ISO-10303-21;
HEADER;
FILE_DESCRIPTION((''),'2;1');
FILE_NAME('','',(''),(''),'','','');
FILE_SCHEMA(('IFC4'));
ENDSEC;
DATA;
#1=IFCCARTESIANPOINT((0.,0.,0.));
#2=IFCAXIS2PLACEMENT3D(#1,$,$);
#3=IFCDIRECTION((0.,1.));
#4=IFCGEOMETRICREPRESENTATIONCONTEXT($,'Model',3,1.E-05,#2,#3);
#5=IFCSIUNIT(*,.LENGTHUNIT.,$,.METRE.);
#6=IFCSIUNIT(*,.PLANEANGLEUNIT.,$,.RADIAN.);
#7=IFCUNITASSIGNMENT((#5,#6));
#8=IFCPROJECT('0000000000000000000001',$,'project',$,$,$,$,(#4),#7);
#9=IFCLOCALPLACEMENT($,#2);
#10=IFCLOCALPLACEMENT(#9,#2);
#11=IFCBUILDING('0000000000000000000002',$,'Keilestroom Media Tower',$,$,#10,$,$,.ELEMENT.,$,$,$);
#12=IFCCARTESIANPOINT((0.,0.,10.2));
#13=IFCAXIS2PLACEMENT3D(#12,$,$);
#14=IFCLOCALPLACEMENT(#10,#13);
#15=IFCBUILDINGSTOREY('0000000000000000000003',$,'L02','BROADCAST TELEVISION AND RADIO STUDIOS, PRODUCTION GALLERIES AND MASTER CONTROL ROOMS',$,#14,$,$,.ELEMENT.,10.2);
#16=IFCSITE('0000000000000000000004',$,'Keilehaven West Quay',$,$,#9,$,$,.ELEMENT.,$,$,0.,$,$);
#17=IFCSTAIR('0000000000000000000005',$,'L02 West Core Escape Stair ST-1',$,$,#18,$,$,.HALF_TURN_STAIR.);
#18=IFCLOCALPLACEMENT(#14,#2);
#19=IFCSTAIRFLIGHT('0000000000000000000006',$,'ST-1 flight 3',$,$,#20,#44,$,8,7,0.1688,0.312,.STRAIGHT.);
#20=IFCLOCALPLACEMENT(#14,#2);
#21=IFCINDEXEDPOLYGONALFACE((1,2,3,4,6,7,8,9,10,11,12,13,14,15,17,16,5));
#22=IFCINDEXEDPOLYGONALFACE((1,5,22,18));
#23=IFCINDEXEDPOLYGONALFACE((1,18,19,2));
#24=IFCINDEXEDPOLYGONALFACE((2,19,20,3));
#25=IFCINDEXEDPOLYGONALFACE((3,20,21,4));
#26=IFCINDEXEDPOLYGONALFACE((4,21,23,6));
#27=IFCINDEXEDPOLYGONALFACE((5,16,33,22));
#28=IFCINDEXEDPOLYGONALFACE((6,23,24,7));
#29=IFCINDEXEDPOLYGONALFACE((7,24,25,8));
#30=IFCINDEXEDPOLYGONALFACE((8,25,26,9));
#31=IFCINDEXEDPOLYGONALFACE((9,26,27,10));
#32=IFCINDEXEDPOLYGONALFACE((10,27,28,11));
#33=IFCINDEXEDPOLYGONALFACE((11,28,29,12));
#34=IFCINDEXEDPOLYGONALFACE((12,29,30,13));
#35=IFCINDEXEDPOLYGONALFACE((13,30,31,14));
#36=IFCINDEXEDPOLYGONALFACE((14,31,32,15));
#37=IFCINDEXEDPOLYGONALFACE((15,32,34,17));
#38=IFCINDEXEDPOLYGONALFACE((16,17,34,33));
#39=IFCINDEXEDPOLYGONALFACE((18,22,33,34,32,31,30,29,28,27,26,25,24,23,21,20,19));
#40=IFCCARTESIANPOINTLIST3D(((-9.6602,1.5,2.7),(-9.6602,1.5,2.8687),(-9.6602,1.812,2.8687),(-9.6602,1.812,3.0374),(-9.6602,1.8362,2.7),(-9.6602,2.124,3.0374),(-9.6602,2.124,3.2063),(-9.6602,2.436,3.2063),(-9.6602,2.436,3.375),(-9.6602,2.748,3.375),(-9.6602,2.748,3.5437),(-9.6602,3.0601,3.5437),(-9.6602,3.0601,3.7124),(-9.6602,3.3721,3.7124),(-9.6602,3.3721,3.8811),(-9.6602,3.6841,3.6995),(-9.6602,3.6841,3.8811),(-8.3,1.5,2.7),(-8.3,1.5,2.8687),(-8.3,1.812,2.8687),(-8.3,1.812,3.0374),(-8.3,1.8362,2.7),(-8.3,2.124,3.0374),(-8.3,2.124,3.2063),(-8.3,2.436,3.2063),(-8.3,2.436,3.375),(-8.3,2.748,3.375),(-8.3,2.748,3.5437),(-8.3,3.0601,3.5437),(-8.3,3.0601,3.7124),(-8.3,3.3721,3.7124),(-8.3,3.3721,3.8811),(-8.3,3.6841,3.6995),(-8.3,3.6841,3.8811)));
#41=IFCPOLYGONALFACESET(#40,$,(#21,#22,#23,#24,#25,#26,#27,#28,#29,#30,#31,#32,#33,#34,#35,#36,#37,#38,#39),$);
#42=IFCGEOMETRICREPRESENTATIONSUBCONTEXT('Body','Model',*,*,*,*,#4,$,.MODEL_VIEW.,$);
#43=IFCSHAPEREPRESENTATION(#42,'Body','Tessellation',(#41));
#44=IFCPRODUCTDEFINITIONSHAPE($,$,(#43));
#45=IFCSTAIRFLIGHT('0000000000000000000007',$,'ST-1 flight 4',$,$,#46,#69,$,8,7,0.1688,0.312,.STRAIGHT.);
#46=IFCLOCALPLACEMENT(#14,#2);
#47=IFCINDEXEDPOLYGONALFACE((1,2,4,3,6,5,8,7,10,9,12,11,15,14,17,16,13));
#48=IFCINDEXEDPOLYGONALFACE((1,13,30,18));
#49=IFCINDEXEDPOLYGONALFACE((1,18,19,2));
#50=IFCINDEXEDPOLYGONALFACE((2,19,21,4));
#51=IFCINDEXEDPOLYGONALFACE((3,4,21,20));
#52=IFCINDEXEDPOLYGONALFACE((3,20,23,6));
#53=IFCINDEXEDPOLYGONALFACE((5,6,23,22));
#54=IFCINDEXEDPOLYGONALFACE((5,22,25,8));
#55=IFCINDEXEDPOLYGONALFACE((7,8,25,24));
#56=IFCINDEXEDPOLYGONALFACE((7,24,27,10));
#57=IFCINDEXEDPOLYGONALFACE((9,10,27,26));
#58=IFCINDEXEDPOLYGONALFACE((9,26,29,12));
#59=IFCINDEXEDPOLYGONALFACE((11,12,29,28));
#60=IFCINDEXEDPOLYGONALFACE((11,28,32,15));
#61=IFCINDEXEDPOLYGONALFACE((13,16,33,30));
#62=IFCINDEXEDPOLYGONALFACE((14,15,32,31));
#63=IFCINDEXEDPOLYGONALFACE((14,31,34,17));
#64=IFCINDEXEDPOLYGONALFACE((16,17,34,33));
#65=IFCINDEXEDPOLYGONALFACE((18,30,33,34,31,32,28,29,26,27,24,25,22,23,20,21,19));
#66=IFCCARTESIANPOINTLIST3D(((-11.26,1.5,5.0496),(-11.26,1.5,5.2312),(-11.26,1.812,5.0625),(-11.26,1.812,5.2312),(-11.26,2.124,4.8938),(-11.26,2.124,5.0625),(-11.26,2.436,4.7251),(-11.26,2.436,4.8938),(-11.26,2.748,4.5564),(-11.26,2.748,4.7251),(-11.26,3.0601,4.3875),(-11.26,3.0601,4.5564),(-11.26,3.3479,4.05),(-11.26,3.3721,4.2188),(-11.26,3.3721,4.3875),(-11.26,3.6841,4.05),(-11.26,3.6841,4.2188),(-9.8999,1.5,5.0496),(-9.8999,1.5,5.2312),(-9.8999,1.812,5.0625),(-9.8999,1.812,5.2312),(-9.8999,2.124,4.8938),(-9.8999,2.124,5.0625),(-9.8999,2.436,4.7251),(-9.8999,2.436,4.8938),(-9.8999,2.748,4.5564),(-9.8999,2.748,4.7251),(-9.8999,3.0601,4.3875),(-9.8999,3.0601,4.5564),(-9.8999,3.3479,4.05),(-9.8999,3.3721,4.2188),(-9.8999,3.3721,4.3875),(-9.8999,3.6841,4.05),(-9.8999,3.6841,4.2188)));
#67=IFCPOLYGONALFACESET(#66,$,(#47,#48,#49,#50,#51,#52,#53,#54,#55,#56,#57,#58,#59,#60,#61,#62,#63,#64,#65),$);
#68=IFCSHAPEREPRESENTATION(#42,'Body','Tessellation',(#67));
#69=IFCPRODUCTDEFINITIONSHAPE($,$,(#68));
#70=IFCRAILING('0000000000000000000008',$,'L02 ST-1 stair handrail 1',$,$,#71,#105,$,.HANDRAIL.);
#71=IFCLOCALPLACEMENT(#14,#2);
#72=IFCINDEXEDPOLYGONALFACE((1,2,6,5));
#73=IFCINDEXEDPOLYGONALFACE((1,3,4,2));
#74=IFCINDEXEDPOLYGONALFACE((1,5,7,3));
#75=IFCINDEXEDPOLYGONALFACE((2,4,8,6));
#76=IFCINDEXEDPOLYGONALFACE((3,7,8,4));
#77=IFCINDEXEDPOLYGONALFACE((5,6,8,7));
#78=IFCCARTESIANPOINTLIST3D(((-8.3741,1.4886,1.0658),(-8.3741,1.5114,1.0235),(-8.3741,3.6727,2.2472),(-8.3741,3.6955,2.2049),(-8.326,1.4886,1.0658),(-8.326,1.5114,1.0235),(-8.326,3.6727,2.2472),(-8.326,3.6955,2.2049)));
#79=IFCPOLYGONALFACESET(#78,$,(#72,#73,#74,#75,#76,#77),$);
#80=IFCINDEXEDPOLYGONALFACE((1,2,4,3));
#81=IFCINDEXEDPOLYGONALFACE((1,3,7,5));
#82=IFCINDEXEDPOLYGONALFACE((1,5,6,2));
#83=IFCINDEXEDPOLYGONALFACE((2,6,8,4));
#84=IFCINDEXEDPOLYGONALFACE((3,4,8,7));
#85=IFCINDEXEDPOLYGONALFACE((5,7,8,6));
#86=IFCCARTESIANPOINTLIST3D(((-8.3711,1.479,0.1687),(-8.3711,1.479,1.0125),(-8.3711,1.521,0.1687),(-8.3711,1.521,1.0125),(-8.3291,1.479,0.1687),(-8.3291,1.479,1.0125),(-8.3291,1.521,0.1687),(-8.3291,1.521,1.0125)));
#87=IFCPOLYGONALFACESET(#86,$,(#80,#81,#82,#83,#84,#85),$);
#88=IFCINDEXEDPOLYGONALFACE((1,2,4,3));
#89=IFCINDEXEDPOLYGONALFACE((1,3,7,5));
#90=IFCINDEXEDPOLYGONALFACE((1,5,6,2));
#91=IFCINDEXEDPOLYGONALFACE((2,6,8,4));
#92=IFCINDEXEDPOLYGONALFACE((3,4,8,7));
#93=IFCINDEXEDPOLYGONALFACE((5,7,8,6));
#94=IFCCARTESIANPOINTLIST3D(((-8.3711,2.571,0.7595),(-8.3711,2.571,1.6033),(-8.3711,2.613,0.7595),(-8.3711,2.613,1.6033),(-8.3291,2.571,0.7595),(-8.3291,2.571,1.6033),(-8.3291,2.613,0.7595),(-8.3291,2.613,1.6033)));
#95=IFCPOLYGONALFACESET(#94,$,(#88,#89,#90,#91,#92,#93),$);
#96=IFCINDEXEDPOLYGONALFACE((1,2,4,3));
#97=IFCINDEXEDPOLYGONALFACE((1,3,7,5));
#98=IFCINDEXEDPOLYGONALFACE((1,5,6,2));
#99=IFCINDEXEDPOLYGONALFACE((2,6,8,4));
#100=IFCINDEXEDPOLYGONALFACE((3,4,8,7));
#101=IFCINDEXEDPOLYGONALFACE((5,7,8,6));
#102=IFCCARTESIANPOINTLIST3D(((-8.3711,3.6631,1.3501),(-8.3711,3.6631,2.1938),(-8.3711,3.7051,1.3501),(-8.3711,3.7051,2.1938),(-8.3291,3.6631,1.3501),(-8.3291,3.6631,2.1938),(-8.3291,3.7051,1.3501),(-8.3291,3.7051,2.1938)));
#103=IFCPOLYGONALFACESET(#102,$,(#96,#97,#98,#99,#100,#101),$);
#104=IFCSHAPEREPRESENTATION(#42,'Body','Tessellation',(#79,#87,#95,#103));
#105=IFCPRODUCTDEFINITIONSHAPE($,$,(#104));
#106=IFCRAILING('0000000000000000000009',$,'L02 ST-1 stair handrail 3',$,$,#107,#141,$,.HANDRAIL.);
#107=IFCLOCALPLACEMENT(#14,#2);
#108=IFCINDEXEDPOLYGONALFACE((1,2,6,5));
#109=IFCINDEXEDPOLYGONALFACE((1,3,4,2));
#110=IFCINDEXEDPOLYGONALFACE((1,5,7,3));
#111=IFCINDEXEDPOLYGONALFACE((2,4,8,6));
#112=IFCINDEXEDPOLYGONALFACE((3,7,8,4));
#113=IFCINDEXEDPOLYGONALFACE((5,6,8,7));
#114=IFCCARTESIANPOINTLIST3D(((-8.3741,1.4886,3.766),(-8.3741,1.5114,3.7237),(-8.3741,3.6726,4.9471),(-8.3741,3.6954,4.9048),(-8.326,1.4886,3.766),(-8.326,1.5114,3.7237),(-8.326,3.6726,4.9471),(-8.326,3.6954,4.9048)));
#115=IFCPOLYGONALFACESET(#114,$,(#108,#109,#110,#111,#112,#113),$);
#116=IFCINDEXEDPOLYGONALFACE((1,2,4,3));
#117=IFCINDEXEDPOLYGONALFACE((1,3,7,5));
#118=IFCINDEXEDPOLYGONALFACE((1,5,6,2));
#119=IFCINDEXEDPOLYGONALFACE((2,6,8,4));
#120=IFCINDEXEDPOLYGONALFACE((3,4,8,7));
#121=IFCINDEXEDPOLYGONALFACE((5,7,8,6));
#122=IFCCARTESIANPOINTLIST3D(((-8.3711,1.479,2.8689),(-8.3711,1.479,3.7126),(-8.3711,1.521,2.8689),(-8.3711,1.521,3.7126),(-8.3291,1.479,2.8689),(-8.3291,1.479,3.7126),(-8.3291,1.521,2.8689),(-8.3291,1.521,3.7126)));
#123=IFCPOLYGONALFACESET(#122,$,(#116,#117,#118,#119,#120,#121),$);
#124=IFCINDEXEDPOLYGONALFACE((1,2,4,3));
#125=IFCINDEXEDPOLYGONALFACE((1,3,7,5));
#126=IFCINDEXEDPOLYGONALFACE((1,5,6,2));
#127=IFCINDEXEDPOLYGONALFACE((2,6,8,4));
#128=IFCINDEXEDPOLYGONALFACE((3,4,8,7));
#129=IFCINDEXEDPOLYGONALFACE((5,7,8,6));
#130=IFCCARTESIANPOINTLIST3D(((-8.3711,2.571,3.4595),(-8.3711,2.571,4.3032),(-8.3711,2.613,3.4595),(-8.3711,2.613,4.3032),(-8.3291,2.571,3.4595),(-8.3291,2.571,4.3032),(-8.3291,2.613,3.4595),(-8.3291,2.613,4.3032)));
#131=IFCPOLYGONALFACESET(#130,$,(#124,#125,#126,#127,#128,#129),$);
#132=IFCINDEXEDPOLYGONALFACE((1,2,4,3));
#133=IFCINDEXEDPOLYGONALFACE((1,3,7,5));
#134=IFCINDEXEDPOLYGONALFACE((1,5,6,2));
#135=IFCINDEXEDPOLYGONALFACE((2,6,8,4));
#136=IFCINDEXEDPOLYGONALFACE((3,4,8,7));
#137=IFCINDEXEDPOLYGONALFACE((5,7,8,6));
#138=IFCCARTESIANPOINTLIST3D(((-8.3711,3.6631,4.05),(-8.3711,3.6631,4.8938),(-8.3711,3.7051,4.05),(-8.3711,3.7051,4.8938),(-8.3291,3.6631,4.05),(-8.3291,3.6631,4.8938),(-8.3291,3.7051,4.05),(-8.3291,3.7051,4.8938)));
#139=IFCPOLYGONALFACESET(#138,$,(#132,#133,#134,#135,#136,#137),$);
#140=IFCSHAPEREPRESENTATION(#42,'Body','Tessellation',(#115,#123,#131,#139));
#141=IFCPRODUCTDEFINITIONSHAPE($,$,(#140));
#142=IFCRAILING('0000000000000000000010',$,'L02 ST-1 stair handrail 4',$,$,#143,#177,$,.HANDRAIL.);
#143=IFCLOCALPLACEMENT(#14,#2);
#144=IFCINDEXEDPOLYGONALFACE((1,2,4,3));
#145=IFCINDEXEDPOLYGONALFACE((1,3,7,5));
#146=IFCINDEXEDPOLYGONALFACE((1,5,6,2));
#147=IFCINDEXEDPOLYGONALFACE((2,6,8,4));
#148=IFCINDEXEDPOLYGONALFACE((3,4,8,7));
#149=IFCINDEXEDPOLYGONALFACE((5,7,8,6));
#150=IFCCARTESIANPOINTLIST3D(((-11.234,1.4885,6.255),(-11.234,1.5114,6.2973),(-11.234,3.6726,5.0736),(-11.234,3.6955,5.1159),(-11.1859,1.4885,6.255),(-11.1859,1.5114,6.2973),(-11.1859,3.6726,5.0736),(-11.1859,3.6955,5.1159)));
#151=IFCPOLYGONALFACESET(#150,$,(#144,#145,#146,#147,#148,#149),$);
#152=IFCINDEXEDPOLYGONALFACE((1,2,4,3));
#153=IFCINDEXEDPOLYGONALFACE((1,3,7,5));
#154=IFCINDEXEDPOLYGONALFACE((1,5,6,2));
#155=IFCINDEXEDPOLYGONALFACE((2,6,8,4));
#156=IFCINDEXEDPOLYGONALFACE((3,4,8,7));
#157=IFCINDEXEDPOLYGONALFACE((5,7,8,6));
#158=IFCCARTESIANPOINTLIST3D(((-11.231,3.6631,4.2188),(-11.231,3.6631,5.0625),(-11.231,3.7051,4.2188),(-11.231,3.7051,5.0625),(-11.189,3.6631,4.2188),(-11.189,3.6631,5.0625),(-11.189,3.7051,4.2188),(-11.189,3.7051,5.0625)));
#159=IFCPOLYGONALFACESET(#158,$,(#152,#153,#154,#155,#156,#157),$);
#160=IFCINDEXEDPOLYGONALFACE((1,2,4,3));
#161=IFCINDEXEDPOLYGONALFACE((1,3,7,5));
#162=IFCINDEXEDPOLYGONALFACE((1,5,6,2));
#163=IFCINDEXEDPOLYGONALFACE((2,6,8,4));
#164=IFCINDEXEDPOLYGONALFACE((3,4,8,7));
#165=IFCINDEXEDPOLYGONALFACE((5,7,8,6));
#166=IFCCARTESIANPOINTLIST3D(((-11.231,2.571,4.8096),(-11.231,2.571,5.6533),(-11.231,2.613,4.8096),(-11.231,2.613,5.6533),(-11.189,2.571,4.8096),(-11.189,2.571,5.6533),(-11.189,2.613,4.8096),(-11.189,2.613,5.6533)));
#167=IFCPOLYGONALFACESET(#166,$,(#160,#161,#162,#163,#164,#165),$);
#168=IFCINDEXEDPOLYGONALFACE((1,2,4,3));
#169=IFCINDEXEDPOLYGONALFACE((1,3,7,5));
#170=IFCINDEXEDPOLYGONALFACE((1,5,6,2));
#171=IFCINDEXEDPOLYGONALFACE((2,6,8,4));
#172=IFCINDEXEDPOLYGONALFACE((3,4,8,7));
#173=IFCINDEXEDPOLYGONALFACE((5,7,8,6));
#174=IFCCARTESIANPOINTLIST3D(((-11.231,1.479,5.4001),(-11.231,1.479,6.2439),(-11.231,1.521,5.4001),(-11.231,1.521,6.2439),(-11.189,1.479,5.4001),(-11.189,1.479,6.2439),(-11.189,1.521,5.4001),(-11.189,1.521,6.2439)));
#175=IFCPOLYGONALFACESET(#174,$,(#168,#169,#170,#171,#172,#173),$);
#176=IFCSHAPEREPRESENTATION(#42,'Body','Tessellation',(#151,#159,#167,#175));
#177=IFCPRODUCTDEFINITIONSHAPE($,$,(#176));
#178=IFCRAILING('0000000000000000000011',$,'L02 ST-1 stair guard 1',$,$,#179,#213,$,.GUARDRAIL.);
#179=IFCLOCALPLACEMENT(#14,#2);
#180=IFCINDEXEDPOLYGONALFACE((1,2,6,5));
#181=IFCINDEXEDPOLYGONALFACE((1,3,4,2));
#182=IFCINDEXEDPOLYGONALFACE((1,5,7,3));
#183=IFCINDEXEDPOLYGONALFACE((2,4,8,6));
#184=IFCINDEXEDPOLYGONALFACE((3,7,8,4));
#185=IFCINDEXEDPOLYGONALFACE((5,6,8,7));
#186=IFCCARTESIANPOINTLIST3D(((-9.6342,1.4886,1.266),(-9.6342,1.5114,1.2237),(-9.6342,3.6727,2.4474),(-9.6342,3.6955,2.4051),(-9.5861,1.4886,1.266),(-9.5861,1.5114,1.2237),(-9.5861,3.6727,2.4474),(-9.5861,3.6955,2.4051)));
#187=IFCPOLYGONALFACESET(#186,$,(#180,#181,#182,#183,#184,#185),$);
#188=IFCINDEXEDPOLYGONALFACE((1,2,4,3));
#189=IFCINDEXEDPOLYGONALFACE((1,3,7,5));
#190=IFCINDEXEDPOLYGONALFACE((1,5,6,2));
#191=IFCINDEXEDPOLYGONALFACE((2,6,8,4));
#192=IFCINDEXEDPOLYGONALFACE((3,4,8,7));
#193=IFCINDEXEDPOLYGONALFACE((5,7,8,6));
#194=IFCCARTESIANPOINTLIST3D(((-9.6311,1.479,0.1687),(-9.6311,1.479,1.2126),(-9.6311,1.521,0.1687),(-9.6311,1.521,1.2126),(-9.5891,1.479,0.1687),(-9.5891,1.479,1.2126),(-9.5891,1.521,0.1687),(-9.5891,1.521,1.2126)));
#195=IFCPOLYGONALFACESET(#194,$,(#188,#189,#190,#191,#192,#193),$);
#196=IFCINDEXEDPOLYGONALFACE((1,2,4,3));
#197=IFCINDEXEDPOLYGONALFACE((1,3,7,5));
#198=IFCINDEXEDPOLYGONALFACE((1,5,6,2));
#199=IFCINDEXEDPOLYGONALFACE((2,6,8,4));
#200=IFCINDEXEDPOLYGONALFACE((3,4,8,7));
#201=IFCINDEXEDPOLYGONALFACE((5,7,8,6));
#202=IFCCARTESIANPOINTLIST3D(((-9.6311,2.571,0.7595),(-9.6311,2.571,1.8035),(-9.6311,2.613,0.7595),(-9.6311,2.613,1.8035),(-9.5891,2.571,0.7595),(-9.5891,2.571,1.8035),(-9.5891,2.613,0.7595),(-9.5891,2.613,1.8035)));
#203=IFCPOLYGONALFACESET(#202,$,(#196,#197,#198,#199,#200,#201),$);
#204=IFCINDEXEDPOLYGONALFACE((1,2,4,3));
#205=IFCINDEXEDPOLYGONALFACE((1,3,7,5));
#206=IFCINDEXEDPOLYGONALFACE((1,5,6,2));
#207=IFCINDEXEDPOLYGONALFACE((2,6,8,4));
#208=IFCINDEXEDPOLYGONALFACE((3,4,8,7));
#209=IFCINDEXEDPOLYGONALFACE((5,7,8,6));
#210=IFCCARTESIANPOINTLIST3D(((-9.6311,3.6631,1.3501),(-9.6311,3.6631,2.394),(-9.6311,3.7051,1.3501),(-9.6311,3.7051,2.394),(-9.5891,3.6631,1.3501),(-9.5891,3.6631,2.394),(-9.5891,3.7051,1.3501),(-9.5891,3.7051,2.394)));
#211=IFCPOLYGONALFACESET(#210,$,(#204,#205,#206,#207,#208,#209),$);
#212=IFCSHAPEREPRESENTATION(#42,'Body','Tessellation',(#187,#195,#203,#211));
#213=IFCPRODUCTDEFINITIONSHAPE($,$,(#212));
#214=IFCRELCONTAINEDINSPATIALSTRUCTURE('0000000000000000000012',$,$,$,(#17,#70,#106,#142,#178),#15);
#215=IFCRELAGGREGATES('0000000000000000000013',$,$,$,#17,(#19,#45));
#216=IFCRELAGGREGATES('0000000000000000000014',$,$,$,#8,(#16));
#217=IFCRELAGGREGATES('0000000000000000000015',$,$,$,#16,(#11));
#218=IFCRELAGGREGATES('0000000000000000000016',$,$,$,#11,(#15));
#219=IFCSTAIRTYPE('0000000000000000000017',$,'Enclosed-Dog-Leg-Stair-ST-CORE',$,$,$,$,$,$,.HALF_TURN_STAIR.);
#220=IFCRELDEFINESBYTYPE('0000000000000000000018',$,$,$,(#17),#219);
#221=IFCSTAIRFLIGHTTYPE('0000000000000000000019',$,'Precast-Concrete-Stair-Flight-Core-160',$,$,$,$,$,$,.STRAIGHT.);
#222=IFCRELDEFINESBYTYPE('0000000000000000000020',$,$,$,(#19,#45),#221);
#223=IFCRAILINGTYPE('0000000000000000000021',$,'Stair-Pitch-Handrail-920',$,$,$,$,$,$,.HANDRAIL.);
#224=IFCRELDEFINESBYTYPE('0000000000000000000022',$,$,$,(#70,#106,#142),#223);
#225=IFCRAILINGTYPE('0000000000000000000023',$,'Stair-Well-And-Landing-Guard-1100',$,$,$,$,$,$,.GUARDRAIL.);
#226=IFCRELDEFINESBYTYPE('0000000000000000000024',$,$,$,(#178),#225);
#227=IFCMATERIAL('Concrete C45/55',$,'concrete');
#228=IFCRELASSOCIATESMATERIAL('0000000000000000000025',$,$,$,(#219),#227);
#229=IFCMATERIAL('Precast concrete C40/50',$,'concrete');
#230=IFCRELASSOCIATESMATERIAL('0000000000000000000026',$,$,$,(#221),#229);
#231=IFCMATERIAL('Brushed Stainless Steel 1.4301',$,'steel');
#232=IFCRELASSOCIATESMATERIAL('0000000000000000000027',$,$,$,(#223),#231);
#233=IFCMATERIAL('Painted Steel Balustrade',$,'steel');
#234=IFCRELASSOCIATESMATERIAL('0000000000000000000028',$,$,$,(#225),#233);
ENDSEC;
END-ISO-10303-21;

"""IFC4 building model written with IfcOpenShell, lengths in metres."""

from ifc_helpers import new_model, si_unit, direction, frame, origin, origin_2d, place, context, subcontext, project, spatial, polyline, rectangle, outline, extrude, material, type_object, element, aggregate, save


model = new_model("IFC4")

# Units and contexts
model_context = context("Model", 3, precision=1e-05, world=origin(), true_north=direction((0.0, 1.0)))
body_context = subcontext(model_context, "Body", "Model", "MODEL_VIEW")
ifc_project = project(units=[si_unit("LENGTHUNIT", "METRE"), si_unit("PLANEANGLEUNIT", "RADIAN")], contexts=[model_context])

# Site, building, storey
site_placement = place(None, origin())
site = spatial("IfcSite", under=ifc_project, at=site_placement, Name="Keilehaven West Quay", CompositionType="ELEMENT", RefElevation=0.0)
building_placement = place(site_placement, origin())
building = spatial("IfcBuilding", under=site, at=building_placement, Name="Keilestroom Media Tower", CompositionType="ELEMENT")
storey_placement = place(building_placement, frame((0.0, 0.0, 10.2)))
storey = spatial("IfcBuildingStorey", under=building, at=storey_placement, Name="L02", Description="BROADCAST TELEVISION AND RADIO STUDIOS, PRODUCTION GALLERIES AND MASTER CONTROL ROOMS", CompositionType="ELEMENT", Elevation=10.2)

# Shared definitions
ifc_material_1 = material(Name="Concrete C45/55", Category="concrete")

# Stair, stair flights
stair_type = type_object("IfcStairType", Name="Enclosed-Dog-Leg-Stair-ST-CORE", PredefinedType="HALF_TURN_STAIR", material=ifc_material_1)
stair_placement = place(storey_placement, origin())
stair = element("IfcStair", 1, at=stair_placement, inside=storey, type_object=stair_type, Name="L02 West Core Escape Stair ST-1", PredefinedType="HALF_TURN_STAIR")
ifc_material_2 = material(Name="Precast concrete C40/50", Category="concrete")
stair_flight_type = type_object("IfcStairFlightType", Name="Precast-Concrete-Stair-Flight-Core-160", PredefinedType="STRAIGHT", material=ifc_material_2)
stair_flight_1_placement = place(storey_placement, frame((-8.98, 1.5, 2.7), z_axis=(0.0, 0.0, 1.0), x_axis=(0.0, 1.0, 0.0)))
stair_flight_1 = element("IfcStairFlight", 2, at=stair_flight_1_placement, type_object=stair_flight_type, Name="ST-1 flight 3", NumberOfRisers=8, NumberOfTreads=7, PredefinedType="STRAIGHT", RiserHeight=0.1688, TreadLength=0.312, context=body_context, shape_type="SweptSolid", body=[
    extrude(outline(polyline([(0.0, 0.0), (0.0, 0.1687), (0.312, 0.1687), (0.312, 0.3374), (0.624, 0.3374), (0.624, 0.5063), (0.936, 0.5063), (0.936, 0.675), (1.248, 0.675), (1.248, 0.8438), (1.5601, 0.8438), (1.5601, 1.0125), (1.8721, 1.0125), (1.8721, 1.1812), (2.1841, 1.1812), (2.1841, 1.3501), (2.1841, 0.9995), (0.3362, 0.0), (0.0, 0.0)])), frame((0.0, 0.6802, 0.0), z_axis=(0.0, -1.0, 0.0), x_axis=(1.0, 0.0, 0.0)), (0.0, 0.0, 1.0), 1.3601),
])
stair_flight_2_placement = place(storey_placement, frame((-10.5801, 3.6841, 4.05), z_axis=(0.0, 0.0, 1.0), x_axis=(0.0, -1.0, 0.0)))
stair_flight_2 = element("IfcStairFlight", 3, at=stair_flight_2_placement, type_object=stair_flight_type, Name="ST-1 flight 4", NumberOfRisers=8, NumberOfTreads=7, PredefinedType="STRAIGHT", RiserHeight=0.1688, TreadLength=0.312, context=body_context, shape_type="SweptSolid", body=[
    extrude(outline(polyline([(0.0, 0.0), (0.0, 0.1687), (0.312, 0.1687), (0.312, 0.3374), (0.624, 0.3374), (0.624, 0.5063), (0.936, 0.5063), (0.936, 0.675), (1.248, 0.675), (1.248, 0.8438), (1.5601, 0.8438), (1.5601, 1.0125), (1.8721, 1.0125), (1.8721, 1.1812), (2.1841, 1.1812), (2.1841, 1.3501), (2.1841, 0.9995), (0.3362, 0.0), (0.0, 0.0)])), frame((0.0, 0.6802, 0.0), z_axis=(0.0, -1.0, 0.0), x_axis=(1.0, 0.0, 0.0)), (0.0, 0.0, 1.0), 1.3601),
])
aggregate(stair, [stair_flight_1, stair_flight_2])

# Railings
ifc_material_3 = material(Name="Brushed Stainless Steel 1.4301", Category="steel")
railing_type_1 = type_object("IfcRailingType", Name="Stair-Pitch-Handrail-920", PredefinedType="HANDRAIL", material=ifc_material_3)
railing_1_placement = place(storey_placement, frame((-8.3501, 1.5, 0.1687)))
element("IfcRailing", 4, at=railing_1_placement, inside=storey, type_object=railing_type_1, Name="L02 ST-1 stair handrail 1", PredefinedType="HANDRAIL", context=body_context, shape_type="SweptSolid", body=[
    extrude(rectangle(XDim=0.0481, YDim=0.0481, at=origin_2d()), frame((0.0, 0.0, 0.876), z_axis=(0.0, 0.87957, 0.47577), x_axis=(-1.0, 0.0, 0.0)), (0.0, 0.0, 1.0), 2.4832),
    extrude(rectangle(XDim=0.042, YDim=0.042, at=origin_2d()), origin(), (0.0, 0.0, 1.0), 0.8438),
    extrude(rectangle(XDim=0.042, YDim=0.042, at=origin_2d()), frame((0.0, 1.092, 0.5908)), (0.0, 0.0, 1.0), 0.8438),
    extrude(rectangle(XDim=0.042, YDim=0.042, at=origin_2d()), frame((0.0, 2.1841, 1.1814)), (0.0, 0.0, 1.0), 0.8438),
])
railing_2_placement = place(storey_placement, frame((-8.3501, 1.5, 2.8689)))
element("IfcRailing", 5, at=railing_2_placement, inside=storey, type_object=railing_type_1, Name="L02 ST-1 stair handrail 3", PredefinedType="HANDRAIL", context=body_context, shape_type="SweptSolid", body=[
    extrude(rectangle(XDim=0.0481, YDim=0.0481, at=origin_2d()), frame((0.0, 0.0, 0.876), z_axis=(0.0, 0.879611, 0.475694), x_axis=(-1.0, 0.0, 0.0)), (0.0, 0.0, 1.0), 2.4829),
    extrude(rectangle(XDim=0.042, YDim=0.042, at=origin_2d()), origin(), (0.0, 0.0, 1.0), 0.8438),
    extrude(rectangle(XDim=0.042, YDim=0.042, at=origin_2d()), frame((0.0, 1.092, 0.5906)), (0.0, 0.0, 1.0), 0.8438),
    extrude(rectangle(XDim=0.042, YDim=0.042, at=origin_2d()), frame((0.0, 2.1841, 1.1812)), (0.0, 0.0, 1.0), 0.8438),
])
railing_3_placement = place(storey_placement, frame((-11.21, 3.6841, 4.2188)))
element("IfcRailing", 6, at=railing_3_placement, inside=storey, type_object=railing_type_1, Name="L02 ST-1 stair handrail 4", PredefinedType="HANDRAIL", context=body_context, shape_type="SweptSolid", body=[
    extrude(rectangle(XDim=0.0481, YDim=0.0481, at=origin_2d()), frame((0.0, 0.0, 0.876), z_axis=(0.0, -0.87957, 0.47577), x_axis=(1.0, 0.0, 0.0)), (0.0, 0.0, 1.0), 2.4832),
    extrude(rectangle(XDim=0.042, YDim=0.042, at=origin_2d()), origin(), (0.0, 0.0, 1.0), 0.8438),
    extrude(rectangle(XDim=0.042, YDim=0.042, at=origin_2d()), frame((0.0, -1.092, 0.5908)), (0.0, 0.0, 1.0), 0.8438),
    extrude(rectangle(XDim=0.042, YDim=0.042, at=origin_2d()), frame((0.0, -2.1841, 1.1814)), (0.0, 0.0, 1.0), 0.8438),
])
ifc_material_4 = material(Name="Painted Steel Balustrade", Category="steel")
railing_type_2 = type_object("IfcRailingType", Name="Stair-Well-And-Landing-Guard-1100", PredefinedType="GUARDRAIL", material=ifc_material_4)
railing_4_placement = place(storey_placement, frame((-9.6101, 1.5, 0.1687)))
element("IfcRailing", 7, at=railing_4_placement, inside=storey, type_object=railing_type_2, Name="L02 ST-1 stair guard 1", PredefinedType="GUARDRAIL", context=body_context, shape_type="SweptSolid", body=[
    extrude(rectangle(XDim=0.0481, YDim=0.0481, at=origin_2d()), frame((0.0, 0.0, 1.0762), z_axis=(0.0, 0.87957, 0.47577), x_axis=(-1.0, 0.0, 0.0)), (0.0, 0.0, 1.0), 2.4832),
    extrude(rectangle(XDim=0.042, YDim=0.042, at=origin_2d()), origin(), (0.0, 0.0, 1.0), 1.0439),
    extrude(rectangle(XDim=0.042, YDim=0.042, at=origin_2d()), frame((0.0, 1.092, 0.5908)), (0.0, 0.0, 1.0), 1.0439),
    extrude(rectangle(XDim=0.042, YDim=0.042, at=origin_2d()), frame((0.0, 2.1841, 1.1814)), (0.0, 0.0, 1.0), 1.0439),
])

save(model, "model.ifc")
